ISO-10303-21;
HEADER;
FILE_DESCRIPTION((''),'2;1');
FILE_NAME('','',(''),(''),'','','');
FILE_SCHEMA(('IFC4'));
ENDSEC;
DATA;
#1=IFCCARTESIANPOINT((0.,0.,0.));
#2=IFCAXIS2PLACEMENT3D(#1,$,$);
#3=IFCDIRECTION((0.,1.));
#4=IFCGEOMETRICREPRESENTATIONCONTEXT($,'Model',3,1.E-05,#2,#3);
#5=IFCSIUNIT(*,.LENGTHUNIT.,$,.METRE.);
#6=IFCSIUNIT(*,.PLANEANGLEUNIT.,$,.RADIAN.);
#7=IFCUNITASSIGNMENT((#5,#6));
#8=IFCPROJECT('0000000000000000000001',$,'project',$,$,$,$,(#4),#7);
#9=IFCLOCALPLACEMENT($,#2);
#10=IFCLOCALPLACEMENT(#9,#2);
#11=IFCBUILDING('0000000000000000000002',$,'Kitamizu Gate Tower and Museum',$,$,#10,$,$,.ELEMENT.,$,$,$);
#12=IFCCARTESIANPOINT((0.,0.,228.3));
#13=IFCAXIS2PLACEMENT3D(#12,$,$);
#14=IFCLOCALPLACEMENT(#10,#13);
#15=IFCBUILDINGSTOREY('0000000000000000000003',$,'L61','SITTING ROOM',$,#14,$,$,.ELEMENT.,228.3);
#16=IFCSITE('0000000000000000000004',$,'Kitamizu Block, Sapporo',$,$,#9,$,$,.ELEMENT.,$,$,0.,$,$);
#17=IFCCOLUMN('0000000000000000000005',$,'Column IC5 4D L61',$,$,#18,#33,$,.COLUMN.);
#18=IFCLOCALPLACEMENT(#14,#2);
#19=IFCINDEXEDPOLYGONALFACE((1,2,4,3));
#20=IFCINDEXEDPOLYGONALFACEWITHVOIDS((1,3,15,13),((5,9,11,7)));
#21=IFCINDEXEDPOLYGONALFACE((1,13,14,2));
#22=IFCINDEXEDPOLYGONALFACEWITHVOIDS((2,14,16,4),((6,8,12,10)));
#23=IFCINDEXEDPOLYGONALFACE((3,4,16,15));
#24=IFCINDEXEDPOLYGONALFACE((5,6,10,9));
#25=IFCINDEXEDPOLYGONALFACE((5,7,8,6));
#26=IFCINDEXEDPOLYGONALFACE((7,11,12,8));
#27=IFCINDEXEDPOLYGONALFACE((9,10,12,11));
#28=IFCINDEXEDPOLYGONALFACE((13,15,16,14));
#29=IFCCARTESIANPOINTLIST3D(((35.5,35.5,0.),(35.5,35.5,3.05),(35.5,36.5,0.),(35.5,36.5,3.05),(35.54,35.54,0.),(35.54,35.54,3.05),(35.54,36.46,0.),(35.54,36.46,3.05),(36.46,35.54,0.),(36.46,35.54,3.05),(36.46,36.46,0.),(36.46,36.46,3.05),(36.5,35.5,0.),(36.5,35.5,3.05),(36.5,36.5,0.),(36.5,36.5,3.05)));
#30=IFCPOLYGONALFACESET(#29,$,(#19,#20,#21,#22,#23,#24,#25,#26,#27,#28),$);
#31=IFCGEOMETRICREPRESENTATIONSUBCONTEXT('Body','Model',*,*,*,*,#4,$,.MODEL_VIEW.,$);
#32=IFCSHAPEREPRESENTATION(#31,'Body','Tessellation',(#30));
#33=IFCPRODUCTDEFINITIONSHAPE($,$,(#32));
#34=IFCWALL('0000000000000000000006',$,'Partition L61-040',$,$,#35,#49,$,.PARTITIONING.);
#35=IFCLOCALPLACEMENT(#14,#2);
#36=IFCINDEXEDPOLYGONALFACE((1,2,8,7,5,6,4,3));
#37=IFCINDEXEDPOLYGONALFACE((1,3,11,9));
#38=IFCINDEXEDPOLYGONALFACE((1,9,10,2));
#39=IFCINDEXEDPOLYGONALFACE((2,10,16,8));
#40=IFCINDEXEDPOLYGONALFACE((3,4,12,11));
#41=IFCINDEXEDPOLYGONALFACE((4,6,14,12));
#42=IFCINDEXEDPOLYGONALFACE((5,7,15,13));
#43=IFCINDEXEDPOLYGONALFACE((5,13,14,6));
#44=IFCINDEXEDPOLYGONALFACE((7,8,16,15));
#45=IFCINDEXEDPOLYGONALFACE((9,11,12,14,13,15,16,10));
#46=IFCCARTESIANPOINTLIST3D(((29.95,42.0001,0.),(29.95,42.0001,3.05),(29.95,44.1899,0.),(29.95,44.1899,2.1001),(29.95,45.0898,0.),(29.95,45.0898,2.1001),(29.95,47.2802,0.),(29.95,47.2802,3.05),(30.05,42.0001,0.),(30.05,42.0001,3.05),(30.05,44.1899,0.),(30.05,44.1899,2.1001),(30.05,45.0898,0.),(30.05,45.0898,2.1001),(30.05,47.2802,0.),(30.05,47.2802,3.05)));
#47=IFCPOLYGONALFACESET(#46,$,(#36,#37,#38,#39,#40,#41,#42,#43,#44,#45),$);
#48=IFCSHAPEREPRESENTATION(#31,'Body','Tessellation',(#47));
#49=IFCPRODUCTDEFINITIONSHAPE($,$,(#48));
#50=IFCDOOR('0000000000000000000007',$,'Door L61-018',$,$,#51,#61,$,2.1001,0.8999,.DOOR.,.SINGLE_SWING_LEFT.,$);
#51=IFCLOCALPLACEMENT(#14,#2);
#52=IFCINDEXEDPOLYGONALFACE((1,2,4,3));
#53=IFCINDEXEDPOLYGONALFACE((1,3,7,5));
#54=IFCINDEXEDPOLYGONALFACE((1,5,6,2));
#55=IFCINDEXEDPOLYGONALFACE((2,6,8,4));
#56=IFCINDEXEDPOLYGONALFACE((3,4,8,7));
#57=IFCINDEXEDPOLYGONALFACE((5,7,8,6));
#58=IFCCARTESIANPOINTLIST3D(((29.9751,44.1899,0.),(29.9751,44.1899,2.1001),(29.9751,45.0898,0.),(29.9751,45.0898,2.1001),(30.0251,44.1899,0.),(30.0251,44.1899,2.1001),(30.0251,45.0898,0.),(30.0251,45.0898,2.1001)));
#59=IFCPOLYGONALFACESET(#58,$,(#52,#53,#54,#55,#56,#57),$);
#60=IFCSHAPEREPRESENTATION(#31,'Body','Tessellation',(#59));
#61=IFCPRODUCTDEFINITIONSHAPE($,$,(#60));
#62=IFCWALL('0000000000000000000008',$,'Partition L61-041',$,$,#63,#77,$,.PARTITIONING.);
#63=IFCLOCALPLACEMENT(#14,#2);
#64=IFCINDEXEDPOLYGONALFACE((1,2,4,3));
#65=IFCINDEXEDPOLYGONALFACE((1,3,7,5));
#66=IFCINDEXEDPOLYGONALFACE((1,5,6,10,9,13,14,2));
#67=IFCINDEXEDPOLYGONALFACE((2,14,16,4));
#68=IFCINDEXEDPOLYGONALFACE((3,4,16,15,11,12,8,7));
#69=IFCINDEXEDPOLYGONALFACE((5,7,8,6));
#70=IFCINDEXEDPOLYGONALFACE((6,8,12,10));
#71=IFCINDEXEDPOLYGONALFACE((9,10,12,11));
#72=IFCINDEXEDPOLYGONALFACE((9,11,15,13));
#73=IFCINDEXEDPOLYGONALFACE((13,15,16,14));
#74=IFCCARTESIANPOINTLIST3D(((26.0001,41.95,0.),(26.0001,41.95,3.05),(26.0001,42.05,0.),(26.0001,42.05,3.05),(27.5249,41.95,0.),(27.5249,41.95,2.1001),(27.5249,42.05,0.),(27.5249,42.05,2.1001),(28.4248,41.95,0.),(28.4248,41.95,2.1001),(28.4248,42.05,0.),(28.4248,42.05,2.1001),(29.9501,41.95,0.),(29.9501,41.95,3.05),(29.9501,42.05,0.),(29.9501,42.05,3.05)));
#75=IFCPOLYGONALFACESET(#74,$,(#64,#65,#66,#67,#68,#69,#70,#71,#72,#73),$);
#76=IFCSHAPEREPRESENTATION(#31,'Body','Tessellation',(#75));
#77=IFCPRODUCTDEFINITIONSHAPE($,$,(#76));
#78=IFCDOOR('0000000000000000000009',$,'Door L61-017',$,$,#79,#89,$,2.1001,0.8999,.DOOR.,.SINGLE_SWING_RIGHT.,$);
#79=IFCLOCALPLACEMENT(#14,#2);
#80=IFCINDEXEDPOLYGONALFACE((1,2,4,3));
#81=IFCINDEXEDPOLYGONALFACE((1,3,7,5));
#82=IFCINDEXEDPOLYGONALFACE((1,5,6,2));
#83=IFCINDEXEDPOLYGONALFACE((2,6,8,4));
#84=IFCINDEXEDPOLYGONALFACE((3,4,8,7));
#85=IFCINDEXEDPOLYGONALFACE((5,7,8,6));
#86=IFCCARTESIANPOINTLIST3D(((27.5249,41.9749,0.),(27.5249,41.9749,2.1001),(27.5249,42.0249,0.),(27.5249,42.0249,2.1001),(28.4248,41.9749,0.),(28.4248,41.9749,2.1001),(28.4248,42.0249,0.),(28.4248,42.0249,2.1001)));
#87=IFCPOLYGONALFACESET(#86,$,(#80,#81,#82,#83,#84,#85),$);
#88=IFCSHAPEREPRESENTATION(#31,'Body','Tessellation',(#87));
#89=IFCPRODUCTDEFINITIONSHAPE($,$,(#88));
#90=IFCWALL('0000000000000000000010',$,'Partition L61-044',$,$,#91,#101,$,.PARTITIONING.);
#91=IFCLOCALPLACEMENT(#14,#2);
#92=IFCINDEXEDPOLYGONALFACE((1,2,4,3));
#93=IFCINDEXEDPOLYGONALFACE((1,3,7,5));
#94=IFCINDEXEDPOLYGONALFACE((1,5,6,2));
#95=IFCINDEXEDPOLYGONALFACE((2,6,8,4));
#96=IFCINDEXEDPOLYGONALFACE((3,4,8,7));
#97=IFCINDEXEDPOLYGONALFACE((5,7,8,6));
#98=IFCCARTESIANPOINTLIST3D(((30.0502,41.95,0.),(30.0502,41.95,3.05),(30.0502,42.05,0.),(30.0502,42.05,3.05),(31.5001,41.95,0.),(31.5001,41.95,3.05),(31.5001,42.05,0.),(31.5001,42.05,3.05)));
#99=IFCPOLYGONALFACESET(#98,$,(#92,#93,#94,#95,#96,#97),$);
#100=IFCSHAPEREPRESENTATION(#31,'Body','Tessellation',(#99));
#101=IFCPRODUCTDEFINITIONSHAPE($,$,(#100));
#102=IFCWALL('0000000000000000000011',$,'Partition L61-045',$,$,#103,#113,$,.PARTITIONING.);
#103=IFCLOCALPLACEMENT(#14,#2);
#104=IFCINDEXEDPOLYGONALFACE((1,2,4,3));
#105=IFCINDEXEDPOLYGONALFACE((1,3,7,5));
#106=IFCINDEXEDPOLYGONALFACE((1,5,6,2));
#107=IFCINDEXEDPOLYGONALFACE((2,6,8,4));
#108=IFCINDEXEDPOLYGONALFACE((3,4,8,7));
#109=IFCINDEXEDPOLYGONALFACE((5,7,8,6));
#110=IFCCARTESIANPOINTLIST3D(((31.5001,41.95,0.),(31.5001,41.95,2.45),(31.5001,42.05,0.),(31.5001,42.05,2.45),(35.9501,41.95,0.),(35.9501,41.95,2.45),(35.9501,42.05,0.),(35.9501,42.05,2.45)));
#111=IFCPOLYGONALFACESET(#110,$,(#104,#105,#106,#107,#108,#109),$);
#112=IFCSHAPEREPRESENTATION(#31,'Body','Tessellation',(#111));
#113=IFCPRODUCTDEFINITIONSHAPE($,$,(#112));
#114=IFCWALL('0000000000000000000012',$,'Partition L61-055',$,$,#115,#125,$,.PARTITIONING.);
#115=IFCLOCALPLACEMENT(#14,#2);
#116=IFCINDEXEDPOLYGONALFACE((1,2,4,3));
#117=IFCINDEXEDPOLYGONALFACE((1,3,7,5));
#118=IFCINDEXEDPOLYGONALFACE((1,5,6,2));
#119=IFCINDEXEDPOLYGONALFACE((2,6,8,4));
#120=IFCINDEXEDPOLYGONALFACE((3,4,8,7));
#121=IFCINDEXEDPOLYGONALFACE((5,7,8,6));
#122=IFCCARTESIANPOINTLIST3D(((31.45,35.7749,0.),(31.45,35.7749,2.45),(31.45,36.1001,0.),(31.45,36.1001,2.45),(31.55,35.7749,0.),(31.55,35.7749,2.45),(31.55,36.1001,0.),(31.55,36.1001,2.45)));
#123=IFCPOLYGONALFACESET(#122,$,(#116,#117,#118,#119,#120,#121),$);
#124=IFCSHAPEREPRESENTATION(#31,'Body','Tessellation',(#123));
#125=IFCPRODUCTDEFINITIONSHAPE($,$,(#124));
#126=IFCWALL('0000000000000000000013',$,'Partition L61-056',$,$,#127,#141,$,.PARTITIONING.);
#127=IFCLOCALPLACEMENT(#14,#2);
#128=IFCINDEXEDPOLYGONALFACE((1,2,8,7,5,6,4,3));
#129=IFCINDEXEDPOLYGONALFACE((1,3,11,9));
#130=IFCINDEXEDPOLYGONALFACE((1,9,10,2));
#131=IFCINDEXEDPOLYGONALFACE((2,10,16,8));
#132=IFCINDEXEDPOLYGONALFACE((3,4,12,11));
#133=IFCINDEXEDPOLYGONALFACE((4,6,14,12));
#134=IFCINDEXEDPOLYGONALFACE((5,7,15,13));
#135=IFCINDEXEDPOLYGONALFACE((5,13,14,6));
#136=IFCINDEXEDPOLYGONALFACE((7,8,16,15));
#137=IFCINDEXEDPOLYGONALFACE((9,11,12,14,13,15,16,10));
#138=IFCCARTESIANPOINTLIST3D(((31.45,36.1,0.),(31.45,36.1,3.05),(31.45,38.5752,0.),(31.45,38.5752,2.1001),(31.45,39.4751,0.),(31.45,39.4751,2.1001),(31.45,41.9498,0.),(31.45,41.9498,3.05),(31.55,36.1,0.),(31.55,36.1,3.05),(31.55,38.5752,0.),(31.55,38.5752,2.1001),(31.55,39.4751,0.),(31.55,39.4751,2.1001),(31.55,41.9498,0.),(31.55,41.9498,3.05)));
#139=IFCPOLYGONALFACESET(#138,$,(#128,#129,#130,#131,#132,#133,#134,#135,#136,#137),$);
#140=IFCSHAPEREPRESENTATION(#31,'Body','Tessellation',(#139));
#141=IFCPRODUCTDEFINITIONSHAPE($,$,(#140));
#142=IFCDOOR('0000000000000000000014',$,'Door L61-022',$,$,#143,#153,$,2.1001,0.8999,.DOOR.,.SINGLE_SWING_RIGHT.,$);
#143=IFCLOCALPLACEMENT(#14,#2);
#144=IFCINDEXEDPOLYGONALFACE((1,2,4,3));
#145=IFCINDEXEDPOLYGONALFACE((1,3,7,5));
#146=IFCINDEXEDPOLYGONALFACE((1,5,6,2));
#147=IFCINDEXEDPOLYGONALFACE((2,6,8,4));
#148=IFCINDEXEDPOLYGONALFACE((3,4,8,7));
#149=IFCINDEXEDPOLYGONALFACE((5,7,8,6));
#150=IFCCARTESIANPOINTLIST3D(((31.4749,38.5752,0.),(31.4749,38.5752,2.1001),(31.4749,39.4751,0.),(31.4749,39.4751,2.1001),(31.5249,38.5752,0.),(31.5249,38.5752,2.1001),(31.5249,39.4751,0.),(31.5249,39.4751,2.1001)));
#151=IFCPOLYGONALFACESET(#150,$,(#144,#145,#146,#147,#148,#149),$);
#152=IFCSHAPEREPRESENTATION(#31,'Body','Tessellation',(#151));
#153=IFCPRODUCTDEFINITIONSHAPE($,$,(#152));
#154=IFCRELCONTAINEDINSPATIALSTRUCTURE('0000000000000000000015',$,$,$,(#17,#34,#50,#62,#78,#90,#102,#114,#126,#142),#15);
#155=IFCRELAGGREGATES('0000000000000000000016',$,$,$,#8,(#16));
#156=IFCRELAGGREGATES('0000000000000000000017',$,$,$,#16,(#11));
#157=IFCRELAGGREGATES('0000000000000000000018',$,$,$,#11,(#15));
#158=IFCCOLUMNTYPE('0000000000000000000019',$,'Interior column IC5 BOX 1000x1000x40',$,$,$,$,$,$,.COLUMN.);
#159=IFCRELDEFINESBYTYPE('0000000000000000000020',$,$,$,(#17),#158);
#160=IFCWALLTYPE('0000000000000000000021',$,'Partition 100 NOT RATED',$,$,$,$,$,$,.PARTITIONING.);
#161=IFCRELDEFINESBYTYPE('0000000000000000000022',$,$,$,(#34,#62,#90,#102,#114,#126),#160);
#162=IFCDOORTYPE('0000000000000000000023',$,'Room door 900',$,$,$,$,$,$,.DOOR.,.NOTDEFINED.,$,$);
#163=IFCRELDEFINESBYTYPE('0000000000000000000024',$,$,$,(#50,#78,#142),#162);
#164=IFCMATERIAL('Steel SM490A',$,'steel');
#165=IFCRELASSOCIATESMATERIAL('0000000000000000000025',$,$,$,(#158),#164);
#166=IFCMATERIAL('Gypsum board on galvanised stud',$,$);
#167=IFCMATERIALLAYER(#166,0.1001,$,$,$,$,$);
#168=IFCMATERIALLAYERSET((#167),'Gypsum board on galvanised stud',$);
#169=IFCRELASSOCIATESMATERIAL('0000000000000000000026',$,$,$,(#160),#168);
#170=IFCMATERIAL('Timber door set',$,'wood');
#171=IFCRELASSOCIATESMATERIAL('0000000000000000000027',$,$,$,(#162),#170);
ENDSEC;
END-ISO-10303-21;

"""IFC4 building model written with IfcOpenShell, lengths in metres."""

from ifc_helpers import new_model, si_unit, direction, frame, frame_2d, origin, origin_2d, place, context, subcontext, project, spatial, rectangle, hollow_rectangle, extrude, material, layer, layer_set, material_profile, profile_set, type_object, element, fill, save


model = new_model("IFC4")

# Units and contexts
model_context = context("Model", 3, precision=1e-05, world=origin(), true_north=direction((0.0, 1.0)))
body_context = subcontext(model_context, "Body", "Model", "MODEL_VIEW")
ifc_project = project(units=[si_unit("LENGTHUNIT", "METRE"), si_unit("PLANEANGLEUNIT", "RADIAN")], contexts=[model_context])

# Site, building, storey
site_placement = place(None, origin())
site = spatial("IfcSite", under=ifc_project, at=site_placement, Name="Kitamizu Block, Sapporo", CompositionType="ELEMENT", RefElevation=0.0)
building_placement = place(site_placement, origin())
building = spatial("IfcBuilding", under=site, at=building_placement, Name="Kitamizu Gate Tower and Museum", CompositionType="ELEMENT")
storey_placement = place(building_placement, frame((0.0, 0.0, 228.3)))
storey = spatial("IfcBuildingStorey", under=building, at=storey_placement, Name="L61", Description="SITTING ROOM", CompositionType="ELEMENT", Elevation=228.3)

# Column
ifc_material_1 = material(Name="Steel SM490A", Category="steel")
ifc_material_profile = material_profile(ifc_material_1, hollow_rectangle(XDim=1.0, YDim=1.0, WallThickness=0.04, at=origin_2d()), Name="BOX 1000x1000x40")
ifc_profile_set = profile_set([ifc_material_profile], Name="Steel SM490A")
column_type = type_object("IfcColumnType", Name="Interior column IC5 BOX 1000x1000x40", PredefinedType="COLUMN", material=ifc_profile_set)
column_placement = place(storey_placement, frame((36.0, 36.0, 0.0), z_axis=(0.0, 0.0, 1.0), x_axis=(1.0, 0.0, 0.0)))
element("IfcColumn", 1, at=column_placement, inside=storey, type_object=column_type, Name="Column IC5 4D L61", PredefinedType="COLUMN", context=body_context, shape_type="SweptSolid", body=[
    extrude(hollow_rectangle(XDim=1.0, YDim=1.0, WallThickness=0.04, at=origin_2d()), origin(), (0.0, 0.0, 1.0), 3.05),
])

# Walls, openings, doors
ifc_material_2 = material(Name="Gypsum board on galvanised stud")
ifc_layer_1 = layer(ifc_material_2, 0.1001)
ifc_layer_set_1 = layer_set([ifc_layer_1], Name="Gypsum board on galvanised stud")
wall_type_1 = type_object("IfcWallType", Name="Partition 100 NOT RATED", PredefinedType="PARTITIONING", material=ifc_layer_set_1)
wall_1_placement = place(storey_placement, frame((30.0, 42.0, 0.0), z_axis=(0.0, 0.0, 1.0), x_axis=(0.0, 1.0, 0.0)))
wall_1 = element("IfcWall", 2, at=wall_1_placement, inside=storey, type_object=wall_type_1, Name="Partition L61-040", PredefinedType="PARTITIONING", context=body_context, shape_type="SweptSolid", body=[
    extrude(rectangle(XDim=5.28, YDim=0.1001, at=frame_2d((2.6401, 0.0))), origin(), (0.0, 0.0, 1.0), 3.05),
])
opening_1_placement = place(wall_1_placement, frame((2.1899, 0.0, 0.0)))
opening_1 = element("IfcOpeningElement", 3, at=opening_1_placement, cuts=wall_1, PredefinedType="OPENING", context=body_context, shape_type="SweptSolid", body=[
    extrude(rectangle(XDim=0.8999, YDim=2.1001, at=frame_2d((0.45, 1.05))), frame((0.0, 0.0601, 0.0), z_axis=(0.0, -1.0, 0.0), x_axis=(1.0, 0.0, 0.0)), (0.0, 0.0, 1.0), 0.1201),
])
ifc_material_3 = material(Name="Timber door set", Category="wood")
door_type_1 = type_object("IfcDoorType", Name="Room door 900", OperationType="NOTDEFINED", PredefinedType="DOOR", material=ifc_material_3)
door_1_placement = place(opening_1_placement, origin())
door_1 = element("IfcDoor", 4, at=door_1_placement, inside=storey, type_object=door_type_1, Name="Door L61-018", OperationType="SINGLE_SWING_LEFT", OverallHeight=2.1001, OverallWidth=0.8999, PredefinedType="DOOR", context=body_context, shape_type="SweptSolid", body=[
    extrude(rectangle(XDim=0.8999, YDim=2.1001, at=frame_2d((0.45, 1.05))), frame((0.0, 0.0249, 0.0), z_axis=(0.0, -1.0, 0.0), x_axis=(1.0, 0.0, 0.0)), (0.0, 0.0, 1.0), 0.05),
])
fill(opening_1, door_1)
wall_2_placement = place(storey_placement, frame((26.0, 42.0, 0.0), z_axis=(0.0, 0.0, 1.0), x_axis=(1.0, 0.0, 0.0)))
wall_2 = element("IfcWall", 5, at=wall_2_placement, inside=storey, type_object=wall_type_1, Name="Partition L61-041", PredefinedType="PARTITIONING", context=body_context, shape_type="SweptSolid", body=[
    extrude(rectangle(XDim=3.95, YDim=0.1001, at=frame_2d((1.9751, 0.0))), origin(), (0.0, 0.0, 1.0), 3.05),
])
opening_2_placement = place(wall_2_placement, frame((1.5249, 0.0, 0.0)))
opening_2 = element("IfcOpeningElement", 6, at=opening_2_placement, cuts=wall_2, PredefinedType="OPENING", context=body_context, shape_type="SweptSolid", body=[
    extrude(rectangle(XDim=0.8999, YDim=2.1001, at=frame_2d((0.45, 1.05))), frame((0.0, 0.0601, 0.0), z_axis=(0.0, -1.0, 0.0), x_axis=(1.0, 0.0, 0.0)), (0.0, 0.0, 1.0), 0.1201),
])
door_2_placement = place(opening_2_placement, origin())
door_2 = element("IfcDoor", 7, at=door_2_placement, inside=storey, type_object=door_type_1, Name="Door L61-017", OperationType="SINGLE_SWING_RIGHT", OverallHeight=2.1001, OverallWidth=0.8999, PredefinedType="DOOR", context=body_context, shape_type="SweptSolid", body=[
    extrude(rectangle(XDim=0.8999, YDim=2.1001, at=frame_2d((0.45, 1.05))), frame((0.0, 0.0249, 0.0), z_axis=(0.0, -1.0, 0.0), x_axis=(1.0, 0.0, 0.0)), (0.0, 0.0, 1.0), 0.05),
])
fill(opening_2, door_2)

# Walls
wall_3_placement = place(storey_placement, frame((30.05, 42.0, 0.0), z_axis=(0.0, 0.0, 1.0), x_axis=(1.0, 0.0, 0.0)))
element("IfcWall", 8, at=wall_3_placement, inside=storey, type_object=wall_type_1, Name="Partition L61-044", PredefinedType="PARTITIONING", context=body_context, shape_type="SweptSolid", body=[
    extrude(rectangle(XDim=1.45, YDim=0.1001, at=frame_2d((0.7251, 0.0))), origin(), (0.0, 0.0, 1.0), 3.05),
])
wall_4_placement = place(storey_placement, frame((31.5, 42.0, 0.0), z_axis=(0.0, 0.0, 1.0), x_axis=(1.0, 0.0, 0.0)))
element("IfcWall", 9, at=wall_4_placement, inside=storey, type_object=wall_type_1, Name="Partition L61-045", PredefinedType="PARTITIONING", context=body_context, shape_type="SweptSolid", body=[
    extrude(rectangle(XDim=4.45, YDim=0.1001, at=frame_2d((2.2251, 0.0))), origin(), (0.0, 0.0, 1.0), 2.45),
])
wall_5_placement = place(storey_placement, frame((31.5, 35.7749, 0.0), z_axis=(0.0, 0.0, 1.0), x_axis=(0.0, 1.0, 0.0)))
element("IfcWall", 10, at=wall_5_placement, inside=storey, type_object=wall_type_1, Name="Partition L61-055", PredefinedType="PARTITIONING", context=body_context, shape_type="SweptSolid", body=[
    extrude(rectangle(XDim=0.3252, YDim=0.1001, at=frame_2d((0.1626, 0.0))), origin(), (0.0, 0.0, 1.0), 2.45),
])

# Wall, opening, door
wall_6_placement = place(storey_placement, frame((31.5, 36.1001, 0.0), z_axis=(0.0, 0.0, 1.0), x_axis=(0.0, 1.0, 0.0)))
wall_6 = element("IfcWall", 11, at=wall_6_placement, inside=storey, type_object=wall_type_1, Name="Partition L61-056", PredefinedType="PARTITIONING", context=body_context, shape_type="SweptSolid", body=[
    extrude(rectangle(XDim=5.8499, YDim=0.1001, at=frame_2d((2.9248, 0.0))), origin(), (0.0, 0.0, 1.0), 3.05),
])
opening_3_placement = place(wall_6_placement, frame((2.4751, 0.0, 0.0)))
opening_3 = element("IfcOpeningElement", 12, at=opening_3_placement, cuts=wall_6, PredefinedType="OPENING", context=body_context, shape_type="SweptSolid", body=[
    extrude(rectangle(XDim=0.8999, YDim=2.1001, at=frame_2d((0.45, 1.05))), frame((0.0, 0.0601, 0.0), z_axis=(0.0, -1.0, 0.0), x_axis=(1.0, 0.0, 0.0)), (0.0, 0.0, 1.0), 0.1201),
])
door_3_placement = place(opening_3_placement, frame((0.8999, 0.0, 0.0), x_axis=(-1.0, 0.0, 0.0)))
door_3 = element("IfcDoor", 13, at=door_3_placement, inside=storey, type_object=door_type_1, Name="Door L61-022", OperationType="SINGLE_SWING_RIGHT", OverallHeight=2.1001, OverallWidth=0.8999, PredefinedType="DOOR", context=body_context, shape_type="SweptSolid", body=[
    extrude(rectangle(XDim=0.8999, YDim=2.1001, at=frame_2d((0.45, 1.05))), frame((0.0, 0.0249, 0.0), z_axis=(0.0, -1.0, 0.0), x_axis=(1.0, 0.0, 0.0)), (0.0, 0.0, 1.0), 0.05),
])
fill(opening_3, door_3)

save(model, "model.ifc")
